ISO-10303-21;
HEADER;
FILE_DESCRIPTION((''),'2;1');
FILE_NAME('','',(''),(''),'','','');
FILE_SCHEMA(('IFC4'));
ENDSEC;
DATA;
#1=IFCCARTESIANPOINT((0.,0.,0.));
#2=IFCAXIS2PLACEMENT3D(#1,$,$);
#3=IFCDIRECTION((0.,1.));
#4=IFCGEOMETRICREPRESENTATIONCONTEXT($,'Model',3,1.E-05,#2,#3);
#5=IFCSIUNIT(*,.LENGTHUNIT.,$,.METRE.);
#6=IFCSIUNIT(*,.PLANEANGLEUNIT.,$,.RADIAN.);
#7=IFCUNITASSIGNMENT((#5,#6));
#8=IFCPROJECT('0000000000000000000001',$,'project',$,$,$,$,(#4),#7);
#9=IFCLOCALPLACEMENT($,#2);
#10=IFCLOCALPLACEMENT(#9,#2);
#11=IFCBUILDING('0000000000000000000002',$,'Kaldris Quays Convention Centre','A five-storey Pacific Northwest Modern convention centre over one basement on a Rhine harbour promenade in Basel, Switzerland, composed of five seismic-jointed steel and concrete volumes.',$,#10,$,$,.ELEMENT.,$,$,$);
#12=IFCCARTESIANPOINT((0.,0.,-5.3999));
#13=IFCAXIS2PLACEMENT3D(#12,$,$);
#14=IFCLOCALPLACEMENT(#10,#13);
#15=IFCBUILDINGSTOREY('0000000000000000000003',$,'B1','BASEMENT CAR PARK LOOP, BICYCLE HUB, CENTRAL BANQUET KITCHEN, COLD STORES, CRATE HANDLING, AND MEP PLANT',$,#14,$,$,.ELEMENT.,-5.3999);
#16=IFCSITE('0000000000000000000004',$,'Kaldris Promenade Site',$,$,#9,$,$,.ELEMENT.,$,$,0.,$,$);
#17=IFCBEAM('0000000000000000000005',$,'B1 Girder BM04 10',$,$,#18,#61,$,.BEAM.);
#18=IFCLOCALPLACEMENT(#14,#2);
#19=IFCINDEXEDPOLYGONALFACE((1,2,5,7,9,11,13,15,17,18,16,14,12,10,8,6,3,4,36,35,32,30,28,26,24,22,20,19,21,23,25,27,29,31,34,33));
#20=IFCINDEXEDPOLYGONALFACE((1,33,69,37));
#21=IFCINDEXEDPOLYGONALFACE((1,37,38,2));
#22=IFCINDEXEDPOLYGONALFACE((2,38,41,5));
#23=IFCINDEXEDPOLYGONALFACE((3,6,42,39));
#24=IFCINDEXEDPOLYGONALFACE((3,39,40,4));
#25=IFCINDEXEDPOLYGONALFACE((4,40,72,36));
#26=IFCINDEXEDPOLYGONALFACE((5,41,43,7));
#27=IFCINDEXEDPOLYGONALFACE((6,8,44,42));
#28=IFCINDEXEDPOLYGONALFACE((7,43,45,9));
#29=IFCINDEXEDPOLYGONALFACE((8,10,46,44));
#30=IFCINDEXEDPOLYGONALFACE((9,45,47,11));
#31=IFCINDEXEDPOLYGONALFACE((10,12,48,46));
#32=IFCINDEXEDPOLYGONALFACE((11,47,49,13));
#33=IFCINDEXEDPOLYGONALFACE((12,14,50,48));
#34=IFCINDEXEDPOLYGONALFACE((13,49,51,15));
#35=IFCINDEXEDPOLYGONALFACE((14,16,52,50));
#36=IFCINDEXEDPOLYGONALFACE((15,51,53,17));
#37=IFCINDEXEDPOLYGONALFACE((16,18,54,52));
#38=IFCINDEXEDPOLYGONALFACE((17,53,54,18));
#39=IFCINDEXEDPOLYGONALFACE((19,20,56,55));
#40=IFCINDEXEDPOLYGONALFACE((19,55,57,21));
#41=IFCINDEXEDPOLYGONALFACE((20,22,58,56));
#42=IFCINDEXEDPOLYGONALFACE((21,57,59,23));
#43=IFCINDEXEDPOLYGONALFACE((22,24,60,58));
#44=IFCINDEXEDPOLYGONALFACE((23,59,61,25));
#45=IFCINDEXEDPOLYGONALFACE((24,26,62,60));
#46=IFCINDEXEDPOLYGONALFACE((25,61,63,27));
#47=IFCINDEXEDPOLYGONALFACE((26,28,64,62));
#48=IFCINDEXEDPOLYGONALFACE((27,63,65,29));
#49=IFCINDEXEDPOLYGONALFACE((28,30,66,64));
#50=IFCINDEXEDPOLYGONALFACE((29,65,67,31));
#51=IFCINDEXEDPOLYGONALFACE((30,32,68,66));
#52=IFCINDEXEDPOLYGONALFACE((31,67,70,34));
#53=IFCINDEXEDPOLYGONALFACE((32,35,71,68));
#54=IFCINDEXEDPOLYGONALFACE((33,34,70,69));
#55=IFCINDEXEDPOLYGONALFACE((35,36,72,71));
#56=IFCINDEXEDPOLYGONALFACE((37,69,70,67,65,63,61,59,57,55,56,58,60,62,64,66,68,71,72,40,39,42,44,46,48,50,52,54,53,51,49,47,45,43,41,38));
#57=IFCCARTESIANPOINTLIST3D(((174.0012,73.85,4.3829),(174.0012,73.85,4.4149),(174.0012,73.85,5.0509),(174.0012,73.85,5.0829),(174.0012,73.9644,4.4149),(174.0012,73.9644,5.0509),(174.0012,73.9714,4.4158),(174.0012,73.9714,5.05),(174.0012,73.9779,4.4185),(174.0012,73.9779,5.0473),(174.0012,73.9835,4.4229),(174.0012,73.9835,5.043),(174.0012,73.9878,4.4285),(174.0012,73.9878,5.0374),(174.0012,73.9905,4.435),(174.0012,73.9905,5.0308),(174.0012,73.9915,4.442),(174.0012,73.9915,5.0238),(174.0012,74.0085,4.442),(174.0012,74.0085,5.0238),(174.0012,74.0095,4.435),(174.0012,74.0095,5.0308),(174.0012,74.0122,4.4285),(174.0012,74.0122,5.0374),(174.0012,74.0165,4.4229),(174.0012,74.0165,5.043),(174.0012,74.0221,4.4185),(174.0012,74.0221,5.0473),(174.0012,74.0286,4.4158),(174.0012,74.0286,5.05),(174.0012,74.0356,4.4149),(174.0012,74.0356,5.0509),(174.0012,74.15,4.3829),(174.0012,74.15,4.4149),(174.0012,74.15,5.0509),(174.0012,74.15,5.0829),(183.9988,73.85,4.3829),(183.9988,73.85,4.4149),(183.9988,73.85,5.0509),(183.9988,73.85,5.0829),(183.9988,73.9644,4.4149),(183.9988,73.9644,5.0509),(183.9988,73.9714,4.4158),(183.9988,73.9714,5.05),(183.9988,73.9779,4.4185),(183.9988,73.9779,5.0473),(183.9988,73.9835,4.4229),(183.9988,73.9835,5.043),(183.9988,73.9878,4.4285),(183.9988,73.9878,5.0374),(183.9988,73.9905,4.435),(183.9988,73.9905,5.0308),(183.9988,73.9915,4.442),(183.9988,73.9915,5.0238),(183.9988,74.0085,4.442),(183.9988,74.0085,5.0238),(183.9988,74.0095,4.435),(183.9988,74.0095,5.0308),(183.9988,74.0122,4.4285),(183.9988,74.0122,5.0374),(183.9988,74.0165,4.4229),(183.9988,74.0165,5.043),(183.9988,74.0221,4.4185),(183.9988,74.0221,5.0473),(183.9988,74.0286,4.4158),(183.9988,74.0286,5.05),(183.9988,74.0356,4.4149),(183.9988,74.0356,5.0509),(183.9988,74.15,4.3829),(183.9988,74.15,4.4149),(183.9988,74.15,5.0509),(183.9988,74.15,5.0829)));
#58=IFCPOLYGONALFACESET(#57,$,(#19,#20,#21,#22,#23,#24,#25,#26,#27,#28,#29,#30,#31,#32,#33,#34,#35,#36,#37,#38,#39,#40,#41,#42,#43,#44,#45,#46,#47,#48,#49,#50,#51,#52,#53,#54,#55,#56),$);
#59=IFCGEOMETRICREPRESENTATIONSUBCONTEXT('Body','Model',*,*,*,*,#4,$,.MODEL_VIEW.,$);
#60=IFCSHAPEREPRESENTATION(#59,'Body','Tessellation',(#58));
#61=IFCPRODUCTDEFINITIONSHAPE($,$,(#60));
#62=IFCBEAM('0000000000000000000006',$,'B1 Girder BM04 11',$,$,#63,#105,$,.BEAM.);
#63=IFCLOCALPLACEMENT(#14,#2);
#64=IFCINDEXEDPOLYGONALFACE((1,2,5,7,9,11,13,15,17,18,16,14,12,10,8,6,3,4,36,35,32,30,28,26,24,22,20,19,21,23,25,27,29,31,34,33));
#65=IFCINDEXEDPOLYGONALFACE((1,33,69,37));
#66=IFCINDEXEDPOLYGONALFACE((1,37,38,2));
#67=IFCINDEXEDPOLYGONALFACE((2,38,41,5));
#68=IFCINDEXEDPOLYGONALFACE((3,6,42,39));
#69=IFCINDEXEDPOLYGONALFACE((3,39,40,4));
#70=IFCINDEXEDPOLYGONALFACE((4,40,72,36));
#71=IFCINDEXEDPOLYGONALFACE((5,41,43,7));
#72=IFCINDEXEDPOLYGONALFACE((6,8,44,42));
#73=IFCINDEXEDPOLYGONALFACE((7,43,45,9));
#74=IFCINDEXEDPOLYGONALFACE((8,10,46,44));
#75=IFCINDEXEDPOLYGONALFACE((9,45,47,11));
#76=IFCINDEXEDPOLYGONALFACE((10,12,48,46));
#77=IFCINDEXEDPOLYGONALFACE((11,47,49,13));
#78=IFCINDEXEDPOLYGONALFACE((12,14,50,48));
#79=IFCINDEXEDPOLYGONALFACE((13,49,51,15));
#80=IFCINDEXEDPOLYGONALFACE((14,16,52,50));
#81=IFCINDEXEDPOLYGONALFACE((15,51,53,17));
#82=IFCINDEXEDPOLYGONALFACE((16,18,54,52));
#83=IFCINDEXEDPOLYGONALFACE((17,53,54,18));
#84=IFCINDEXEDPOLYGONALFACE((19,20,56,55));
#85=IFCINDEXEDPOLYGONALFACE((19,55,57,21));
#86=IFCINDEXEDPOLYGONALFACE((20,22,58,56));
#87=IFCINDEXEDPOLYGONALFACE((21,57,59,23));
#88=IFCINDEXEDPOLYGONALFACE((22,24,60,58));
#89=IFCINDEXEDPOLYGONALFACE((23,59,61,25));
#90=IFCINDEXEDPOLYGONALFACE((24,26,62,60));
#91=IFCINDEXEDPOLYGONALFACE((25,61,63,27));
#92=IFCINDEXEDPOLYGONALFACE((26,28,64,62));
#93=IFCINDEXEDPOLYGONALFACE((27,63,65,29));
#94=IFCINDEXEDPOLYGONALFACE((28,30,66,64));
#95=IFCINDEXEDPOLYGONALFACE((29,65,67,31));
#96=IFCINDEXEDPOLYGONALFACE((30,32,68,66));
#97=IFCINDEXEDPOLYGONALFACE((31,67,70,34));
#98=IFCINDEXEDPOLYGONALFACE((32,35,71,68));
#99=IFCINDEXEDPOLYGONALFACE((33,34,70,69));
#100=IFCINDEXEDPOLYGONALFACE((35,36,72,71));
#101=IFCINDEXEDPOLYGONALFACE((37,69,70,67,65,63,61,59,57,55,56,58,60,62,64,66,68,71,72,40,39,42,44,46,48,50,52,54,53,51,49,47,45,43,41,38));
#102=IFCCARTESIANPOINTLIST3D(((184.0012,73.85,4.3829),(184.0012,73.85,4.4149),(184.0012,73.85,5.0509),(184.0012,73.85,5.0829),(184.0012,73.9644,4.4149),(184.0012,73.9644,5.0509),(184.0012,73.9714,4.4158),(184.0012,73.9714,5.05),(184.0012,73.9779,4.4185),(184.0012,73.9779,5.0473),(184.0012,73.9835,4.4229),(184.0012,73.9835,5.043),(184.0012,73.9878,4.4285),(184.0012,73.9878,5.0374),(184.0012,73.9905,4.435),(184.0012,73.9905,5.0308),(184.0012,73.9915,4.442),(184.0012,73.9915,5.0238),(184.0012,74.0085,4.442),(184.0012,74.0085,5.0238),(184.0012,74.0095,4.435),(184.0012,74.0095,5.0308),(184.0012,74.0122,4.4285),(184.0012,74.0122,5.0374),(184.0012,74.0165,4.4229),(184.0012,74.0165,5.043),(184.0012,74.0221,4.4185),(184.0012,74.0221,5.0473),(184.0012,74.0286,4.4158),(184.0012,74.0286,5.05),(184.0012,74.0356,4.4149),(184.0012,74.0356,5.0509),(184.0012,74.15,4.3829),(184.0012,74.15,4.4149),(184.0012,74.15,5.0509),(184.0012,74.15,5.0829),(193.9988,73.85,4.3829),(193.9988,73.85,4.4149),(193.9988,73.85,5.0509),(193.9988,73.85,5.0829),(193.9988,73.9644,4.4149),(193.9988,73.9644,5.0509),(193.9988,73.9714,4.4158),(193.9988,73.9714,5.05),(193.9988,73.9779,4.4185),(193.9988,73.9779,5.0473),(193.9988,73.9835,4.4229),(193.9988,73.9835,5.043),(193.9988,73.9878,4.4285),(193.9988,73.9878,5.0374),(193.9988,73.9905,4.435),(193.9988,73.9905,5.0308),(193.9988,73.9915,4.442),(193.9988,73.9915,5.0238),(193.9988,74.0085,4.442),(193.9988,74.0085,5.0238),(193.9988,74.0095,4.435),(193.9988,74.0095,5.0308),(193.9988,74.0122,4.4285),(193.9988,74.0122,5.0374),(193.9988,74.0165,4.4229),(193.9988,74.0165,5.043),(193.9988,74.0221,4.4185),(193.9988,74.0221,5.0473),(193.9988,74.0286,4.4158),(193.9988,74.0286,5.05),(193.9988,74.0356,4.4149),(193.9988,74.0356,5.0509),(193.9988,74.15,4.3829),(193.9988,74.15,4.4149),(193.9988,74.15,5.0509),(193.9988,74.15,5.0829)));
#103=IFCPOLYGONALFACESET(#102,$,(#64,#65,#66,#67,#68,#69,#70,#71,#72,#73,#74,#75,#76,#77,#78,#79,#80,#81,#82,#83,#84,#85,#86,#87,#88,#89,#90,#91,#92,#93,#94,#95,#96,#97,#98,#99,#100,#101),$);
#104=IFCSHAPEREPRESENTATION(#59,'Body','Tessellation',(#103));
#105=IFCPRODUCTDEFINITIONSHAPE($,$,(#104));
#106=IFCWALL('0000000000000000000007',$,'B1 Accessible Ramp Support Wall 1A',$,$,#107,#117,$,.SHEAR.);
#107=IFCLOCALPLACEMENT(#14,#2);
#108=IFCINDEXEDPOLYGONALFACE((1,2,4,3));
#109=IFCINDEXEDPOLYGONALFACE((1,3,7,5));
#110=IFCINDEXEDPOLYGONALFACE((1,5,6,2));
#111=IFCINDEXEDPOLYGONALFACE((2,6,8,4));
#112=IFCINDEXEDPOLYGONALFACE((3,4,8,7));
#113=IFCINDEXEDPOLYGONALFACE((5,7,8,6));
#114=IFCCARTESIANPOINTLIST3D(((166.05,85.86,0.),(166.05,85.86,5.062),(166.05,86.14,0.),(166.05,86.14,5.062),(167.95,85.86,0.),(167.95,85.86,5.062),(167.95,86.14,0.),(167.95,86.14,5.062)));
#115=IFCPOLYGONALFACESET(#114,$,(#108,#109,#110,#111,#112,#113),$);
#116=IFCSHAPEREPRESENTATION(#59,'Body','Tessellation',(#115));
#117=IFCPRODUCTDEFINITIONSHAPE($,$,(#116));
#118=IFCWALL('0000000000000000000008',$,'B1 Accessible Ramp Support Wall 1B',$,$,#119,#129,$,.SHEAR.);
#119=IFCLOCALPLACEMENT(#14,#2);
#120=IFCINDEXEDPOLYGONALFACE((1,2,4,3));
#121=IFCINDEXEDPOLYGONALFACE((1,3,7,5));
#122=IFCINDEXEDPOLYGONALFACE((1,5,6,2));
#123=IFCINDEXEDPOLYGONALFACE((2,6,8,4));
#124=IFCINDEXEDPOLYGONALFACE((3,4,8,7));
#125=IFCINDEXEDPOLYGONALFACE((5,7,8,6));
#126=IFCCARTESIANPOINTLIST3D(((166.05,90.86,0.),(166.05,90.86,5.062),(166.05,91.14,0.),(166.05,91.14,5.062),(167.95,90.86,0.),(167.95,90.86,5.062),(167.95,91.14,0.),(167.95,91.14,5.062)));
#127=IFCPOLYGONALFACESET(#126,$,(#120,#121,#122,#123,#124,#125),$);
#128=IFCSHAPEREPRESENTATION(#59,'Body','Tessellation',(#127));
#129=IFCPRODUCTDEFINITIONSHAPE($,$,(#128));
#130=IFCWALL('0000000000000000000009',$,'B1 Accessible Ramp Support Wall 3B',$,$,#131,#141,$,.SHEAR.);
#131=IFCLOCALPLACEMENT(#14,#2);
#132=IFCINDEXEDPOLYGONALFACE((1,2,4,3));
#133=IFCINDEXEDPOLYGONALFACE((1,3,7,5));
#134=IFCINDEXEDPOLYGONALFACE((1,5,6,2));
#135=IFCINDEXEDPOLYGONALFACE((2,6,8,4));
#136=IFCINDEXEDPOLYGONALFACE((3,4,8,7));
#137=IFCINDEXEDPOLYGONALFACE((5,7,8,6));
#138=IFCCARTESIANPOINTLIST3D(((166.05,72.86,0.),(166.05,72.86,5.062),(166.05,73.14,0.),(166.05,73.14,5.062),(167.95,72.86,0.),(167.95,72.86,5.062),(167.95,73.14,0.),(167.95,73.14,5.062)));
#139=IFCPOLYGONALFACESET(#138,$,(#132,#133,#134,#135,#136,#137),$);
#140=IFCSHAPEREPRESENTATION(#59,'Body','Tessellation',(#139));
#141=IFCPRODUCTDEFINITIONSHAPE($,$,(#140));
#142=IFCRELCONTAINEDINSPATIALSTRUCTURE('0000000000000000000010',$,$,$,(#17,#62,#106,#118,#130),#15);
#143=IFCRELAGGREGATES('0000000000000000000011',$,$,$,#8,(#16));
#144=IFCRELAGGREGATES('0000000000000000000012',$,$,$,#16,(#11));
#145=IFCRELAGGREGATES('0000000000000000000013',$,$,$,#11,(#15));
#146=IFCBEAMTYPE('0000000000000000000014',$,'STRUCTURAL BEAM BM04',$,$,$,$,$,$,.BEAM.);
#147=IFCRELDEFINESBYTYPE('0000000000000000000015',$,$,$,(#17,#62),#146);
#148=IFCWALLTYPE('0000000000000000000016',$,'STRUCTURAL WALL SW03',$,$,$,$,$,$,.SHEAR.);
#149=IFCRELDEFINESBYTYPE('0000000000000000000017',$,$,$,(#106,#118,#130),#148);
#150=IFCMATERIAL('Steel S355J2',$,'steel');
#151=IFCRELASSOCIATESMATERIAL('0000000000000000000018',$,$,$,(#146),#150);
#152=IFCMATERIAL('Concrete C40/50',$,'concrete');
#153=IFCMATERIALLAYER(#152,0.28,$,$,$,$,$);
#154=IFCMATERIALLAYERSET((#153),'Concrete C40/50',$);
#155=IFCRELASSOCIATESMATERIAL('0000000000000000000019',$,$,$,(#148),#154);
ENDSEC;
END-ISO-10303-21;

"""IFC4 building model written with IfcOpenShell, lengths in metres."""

from ifc_helpers import new_model, si_unit, direction, frame, frame_2d, origin, origin_2d, place, context, subcontext, project, spatial, rectangle, i_section, extrude, material, layer, layer_set, material_profile, profile_set, type_object, element, save


model = new_model("IFC4")

# Units and contexts
model_context = context("Model", 3, precision=1e-05, world=origin(), true_north=direction((0.0, 1.0)))
body_context = subcontext(model_context, "Body", "Model", "MODEL_VIEW")
ifc_project = project(units=[si_unit("LENGTHUNIT", "METRE"), si_unit("PLANEANGLEUNIT", "RADIAN")], contexts=[model_context])

# Site, building, storey
site_placement = place(None, origin())
site = spatial("IfcSite", under=ifc_project, at=site_placement, Name="Kaldris Promenade Site", CompositionType="ELEMENT", RefElevation=0.0)
building_placement = place(site_placement, origin())
building = spatial("IfcBuilding", under=site, at=building_placement, Name="Kaldris Quays Convention Centre", Description="A five-storey Pacific Northwest Modern convention centre over one basement on a Rhine harbour promenade in Basel, Switzerland, composed of five seismic-jointed steel and concrete volumes.", CompositionType="ELEMENT")
storey_placement = place(building_placement, frame((0.0, 0.0, -5.3999)))
storey = spatial("IfcBuildingStorey", under=building, at=storey_placement, Name="B1", Description="BASEMENT CAR PARK LOOP, BICYCLE HUB, CENTRAL BANQUET KITCHEN, COLD STORES, CRATE HANDLING, AND MEP PLANT", CompositionType="ELEMENT", Elevation=-5.3999)

# Shared definitions
ifc_material_1 = material(Name="Steel S355J2", Category="steel")

# Beams
ifc_material_profile_1 = material_profile(ifc_material_1, i_section(OverallWidth=0.3, OverallDepth=0.7, WebThickness=0.0171, FlangeThickness=0.032, FilletRadius=0.0271, at=origin_2d()), Name="HEB 700")
ifc_profile_set_1 = profile_set([ifc_material_profile_1], Name="Steel S355J2")
beam_type = type_object("IfcBeamType", Name="STRUCTURAL BEAM BM04", PredefinedType="BEAM", material=ifc_profile_set_1)
for number, where, z_axis, x_axis, name in (
    (1, (174.0012, 74.0, 4.7329), (1.0, 0.0, 0.0), (0.0, 1.0, 0.0), "B1 Girder BM04 10"),
    (2, (184.0012, 74.0, 4.7329), (1.0, 0.0, 0.0), (0.0, 1.0, 0.0), "B1 Girder BM04 11"),
):
    element("IfcBeam", number, at=place(storey_placement, frame(where, z_axis=z_axis, x_axis=x_axis)), inside=storey, type_object=beam_type, Name=name, PredefinedType="BEAM", context=body_context, shape_type="SweptSolid", body=[
        extrude(i_section(OverallWidth=0.3, OverallDepth=0.7, WebThickness=0.0171, FlangeThickness=0.032, FilletRadius=0.0271, at=origin_2d()), origin(), (0.0, 0.0, 1.0), 9.9976),
    ])

# Walls
ifc_material_2 = material(Name="Concrete C40/50", Category="concrete")
ifc_layer = layer(ifc_material_2, 0.28)
ifc_layer_set = layer_set([ifc_layer], Name="Concrete C40/50")
wall_type = type_object("IfcWallType", Name="STRUCTURAL WALL SW03", PredefinedType="SHEAR", material=ifc_layer_set)
for number, where, z_axis, x_axis, name in (
    (3, (166.05, 86.0, 0.0), (0.0, 0.0, 1.0), (1.0, 0.0, 0.0), "B1 Accessible Ramp Support Wall 1A"),
    (4, (166.05, 91.0, 0.0), (0.0, 0.0, 1.0), (1.0, 0.0, 0.0), "B1 Accessible Ramp Support Wall 1B"),
    (5, (166.05, 73.0, 0.0), (0.0, 0.0, 1.0), (1.0, 0.0, 0.0), "B1 Accessible Ramp Support Wall 3B"),
):
    element("IfcWall", number, at=place(storey_placement, frame(where, z_axis=z_axis, x_axis=x_axis)), inside=storey, type_object=wall_type, Name=name, PredefinedType="SHEAR", context=body_context, shape_type="SweptSolid", body=[
        extrude(rectangle(XDim=1.8999, YDim=0.28, at=frame_2d((0.95, 0.0))), origin(), (0.0, 0.0, 1.0), 5.062),
    ])

save(model, "model.ifc")
